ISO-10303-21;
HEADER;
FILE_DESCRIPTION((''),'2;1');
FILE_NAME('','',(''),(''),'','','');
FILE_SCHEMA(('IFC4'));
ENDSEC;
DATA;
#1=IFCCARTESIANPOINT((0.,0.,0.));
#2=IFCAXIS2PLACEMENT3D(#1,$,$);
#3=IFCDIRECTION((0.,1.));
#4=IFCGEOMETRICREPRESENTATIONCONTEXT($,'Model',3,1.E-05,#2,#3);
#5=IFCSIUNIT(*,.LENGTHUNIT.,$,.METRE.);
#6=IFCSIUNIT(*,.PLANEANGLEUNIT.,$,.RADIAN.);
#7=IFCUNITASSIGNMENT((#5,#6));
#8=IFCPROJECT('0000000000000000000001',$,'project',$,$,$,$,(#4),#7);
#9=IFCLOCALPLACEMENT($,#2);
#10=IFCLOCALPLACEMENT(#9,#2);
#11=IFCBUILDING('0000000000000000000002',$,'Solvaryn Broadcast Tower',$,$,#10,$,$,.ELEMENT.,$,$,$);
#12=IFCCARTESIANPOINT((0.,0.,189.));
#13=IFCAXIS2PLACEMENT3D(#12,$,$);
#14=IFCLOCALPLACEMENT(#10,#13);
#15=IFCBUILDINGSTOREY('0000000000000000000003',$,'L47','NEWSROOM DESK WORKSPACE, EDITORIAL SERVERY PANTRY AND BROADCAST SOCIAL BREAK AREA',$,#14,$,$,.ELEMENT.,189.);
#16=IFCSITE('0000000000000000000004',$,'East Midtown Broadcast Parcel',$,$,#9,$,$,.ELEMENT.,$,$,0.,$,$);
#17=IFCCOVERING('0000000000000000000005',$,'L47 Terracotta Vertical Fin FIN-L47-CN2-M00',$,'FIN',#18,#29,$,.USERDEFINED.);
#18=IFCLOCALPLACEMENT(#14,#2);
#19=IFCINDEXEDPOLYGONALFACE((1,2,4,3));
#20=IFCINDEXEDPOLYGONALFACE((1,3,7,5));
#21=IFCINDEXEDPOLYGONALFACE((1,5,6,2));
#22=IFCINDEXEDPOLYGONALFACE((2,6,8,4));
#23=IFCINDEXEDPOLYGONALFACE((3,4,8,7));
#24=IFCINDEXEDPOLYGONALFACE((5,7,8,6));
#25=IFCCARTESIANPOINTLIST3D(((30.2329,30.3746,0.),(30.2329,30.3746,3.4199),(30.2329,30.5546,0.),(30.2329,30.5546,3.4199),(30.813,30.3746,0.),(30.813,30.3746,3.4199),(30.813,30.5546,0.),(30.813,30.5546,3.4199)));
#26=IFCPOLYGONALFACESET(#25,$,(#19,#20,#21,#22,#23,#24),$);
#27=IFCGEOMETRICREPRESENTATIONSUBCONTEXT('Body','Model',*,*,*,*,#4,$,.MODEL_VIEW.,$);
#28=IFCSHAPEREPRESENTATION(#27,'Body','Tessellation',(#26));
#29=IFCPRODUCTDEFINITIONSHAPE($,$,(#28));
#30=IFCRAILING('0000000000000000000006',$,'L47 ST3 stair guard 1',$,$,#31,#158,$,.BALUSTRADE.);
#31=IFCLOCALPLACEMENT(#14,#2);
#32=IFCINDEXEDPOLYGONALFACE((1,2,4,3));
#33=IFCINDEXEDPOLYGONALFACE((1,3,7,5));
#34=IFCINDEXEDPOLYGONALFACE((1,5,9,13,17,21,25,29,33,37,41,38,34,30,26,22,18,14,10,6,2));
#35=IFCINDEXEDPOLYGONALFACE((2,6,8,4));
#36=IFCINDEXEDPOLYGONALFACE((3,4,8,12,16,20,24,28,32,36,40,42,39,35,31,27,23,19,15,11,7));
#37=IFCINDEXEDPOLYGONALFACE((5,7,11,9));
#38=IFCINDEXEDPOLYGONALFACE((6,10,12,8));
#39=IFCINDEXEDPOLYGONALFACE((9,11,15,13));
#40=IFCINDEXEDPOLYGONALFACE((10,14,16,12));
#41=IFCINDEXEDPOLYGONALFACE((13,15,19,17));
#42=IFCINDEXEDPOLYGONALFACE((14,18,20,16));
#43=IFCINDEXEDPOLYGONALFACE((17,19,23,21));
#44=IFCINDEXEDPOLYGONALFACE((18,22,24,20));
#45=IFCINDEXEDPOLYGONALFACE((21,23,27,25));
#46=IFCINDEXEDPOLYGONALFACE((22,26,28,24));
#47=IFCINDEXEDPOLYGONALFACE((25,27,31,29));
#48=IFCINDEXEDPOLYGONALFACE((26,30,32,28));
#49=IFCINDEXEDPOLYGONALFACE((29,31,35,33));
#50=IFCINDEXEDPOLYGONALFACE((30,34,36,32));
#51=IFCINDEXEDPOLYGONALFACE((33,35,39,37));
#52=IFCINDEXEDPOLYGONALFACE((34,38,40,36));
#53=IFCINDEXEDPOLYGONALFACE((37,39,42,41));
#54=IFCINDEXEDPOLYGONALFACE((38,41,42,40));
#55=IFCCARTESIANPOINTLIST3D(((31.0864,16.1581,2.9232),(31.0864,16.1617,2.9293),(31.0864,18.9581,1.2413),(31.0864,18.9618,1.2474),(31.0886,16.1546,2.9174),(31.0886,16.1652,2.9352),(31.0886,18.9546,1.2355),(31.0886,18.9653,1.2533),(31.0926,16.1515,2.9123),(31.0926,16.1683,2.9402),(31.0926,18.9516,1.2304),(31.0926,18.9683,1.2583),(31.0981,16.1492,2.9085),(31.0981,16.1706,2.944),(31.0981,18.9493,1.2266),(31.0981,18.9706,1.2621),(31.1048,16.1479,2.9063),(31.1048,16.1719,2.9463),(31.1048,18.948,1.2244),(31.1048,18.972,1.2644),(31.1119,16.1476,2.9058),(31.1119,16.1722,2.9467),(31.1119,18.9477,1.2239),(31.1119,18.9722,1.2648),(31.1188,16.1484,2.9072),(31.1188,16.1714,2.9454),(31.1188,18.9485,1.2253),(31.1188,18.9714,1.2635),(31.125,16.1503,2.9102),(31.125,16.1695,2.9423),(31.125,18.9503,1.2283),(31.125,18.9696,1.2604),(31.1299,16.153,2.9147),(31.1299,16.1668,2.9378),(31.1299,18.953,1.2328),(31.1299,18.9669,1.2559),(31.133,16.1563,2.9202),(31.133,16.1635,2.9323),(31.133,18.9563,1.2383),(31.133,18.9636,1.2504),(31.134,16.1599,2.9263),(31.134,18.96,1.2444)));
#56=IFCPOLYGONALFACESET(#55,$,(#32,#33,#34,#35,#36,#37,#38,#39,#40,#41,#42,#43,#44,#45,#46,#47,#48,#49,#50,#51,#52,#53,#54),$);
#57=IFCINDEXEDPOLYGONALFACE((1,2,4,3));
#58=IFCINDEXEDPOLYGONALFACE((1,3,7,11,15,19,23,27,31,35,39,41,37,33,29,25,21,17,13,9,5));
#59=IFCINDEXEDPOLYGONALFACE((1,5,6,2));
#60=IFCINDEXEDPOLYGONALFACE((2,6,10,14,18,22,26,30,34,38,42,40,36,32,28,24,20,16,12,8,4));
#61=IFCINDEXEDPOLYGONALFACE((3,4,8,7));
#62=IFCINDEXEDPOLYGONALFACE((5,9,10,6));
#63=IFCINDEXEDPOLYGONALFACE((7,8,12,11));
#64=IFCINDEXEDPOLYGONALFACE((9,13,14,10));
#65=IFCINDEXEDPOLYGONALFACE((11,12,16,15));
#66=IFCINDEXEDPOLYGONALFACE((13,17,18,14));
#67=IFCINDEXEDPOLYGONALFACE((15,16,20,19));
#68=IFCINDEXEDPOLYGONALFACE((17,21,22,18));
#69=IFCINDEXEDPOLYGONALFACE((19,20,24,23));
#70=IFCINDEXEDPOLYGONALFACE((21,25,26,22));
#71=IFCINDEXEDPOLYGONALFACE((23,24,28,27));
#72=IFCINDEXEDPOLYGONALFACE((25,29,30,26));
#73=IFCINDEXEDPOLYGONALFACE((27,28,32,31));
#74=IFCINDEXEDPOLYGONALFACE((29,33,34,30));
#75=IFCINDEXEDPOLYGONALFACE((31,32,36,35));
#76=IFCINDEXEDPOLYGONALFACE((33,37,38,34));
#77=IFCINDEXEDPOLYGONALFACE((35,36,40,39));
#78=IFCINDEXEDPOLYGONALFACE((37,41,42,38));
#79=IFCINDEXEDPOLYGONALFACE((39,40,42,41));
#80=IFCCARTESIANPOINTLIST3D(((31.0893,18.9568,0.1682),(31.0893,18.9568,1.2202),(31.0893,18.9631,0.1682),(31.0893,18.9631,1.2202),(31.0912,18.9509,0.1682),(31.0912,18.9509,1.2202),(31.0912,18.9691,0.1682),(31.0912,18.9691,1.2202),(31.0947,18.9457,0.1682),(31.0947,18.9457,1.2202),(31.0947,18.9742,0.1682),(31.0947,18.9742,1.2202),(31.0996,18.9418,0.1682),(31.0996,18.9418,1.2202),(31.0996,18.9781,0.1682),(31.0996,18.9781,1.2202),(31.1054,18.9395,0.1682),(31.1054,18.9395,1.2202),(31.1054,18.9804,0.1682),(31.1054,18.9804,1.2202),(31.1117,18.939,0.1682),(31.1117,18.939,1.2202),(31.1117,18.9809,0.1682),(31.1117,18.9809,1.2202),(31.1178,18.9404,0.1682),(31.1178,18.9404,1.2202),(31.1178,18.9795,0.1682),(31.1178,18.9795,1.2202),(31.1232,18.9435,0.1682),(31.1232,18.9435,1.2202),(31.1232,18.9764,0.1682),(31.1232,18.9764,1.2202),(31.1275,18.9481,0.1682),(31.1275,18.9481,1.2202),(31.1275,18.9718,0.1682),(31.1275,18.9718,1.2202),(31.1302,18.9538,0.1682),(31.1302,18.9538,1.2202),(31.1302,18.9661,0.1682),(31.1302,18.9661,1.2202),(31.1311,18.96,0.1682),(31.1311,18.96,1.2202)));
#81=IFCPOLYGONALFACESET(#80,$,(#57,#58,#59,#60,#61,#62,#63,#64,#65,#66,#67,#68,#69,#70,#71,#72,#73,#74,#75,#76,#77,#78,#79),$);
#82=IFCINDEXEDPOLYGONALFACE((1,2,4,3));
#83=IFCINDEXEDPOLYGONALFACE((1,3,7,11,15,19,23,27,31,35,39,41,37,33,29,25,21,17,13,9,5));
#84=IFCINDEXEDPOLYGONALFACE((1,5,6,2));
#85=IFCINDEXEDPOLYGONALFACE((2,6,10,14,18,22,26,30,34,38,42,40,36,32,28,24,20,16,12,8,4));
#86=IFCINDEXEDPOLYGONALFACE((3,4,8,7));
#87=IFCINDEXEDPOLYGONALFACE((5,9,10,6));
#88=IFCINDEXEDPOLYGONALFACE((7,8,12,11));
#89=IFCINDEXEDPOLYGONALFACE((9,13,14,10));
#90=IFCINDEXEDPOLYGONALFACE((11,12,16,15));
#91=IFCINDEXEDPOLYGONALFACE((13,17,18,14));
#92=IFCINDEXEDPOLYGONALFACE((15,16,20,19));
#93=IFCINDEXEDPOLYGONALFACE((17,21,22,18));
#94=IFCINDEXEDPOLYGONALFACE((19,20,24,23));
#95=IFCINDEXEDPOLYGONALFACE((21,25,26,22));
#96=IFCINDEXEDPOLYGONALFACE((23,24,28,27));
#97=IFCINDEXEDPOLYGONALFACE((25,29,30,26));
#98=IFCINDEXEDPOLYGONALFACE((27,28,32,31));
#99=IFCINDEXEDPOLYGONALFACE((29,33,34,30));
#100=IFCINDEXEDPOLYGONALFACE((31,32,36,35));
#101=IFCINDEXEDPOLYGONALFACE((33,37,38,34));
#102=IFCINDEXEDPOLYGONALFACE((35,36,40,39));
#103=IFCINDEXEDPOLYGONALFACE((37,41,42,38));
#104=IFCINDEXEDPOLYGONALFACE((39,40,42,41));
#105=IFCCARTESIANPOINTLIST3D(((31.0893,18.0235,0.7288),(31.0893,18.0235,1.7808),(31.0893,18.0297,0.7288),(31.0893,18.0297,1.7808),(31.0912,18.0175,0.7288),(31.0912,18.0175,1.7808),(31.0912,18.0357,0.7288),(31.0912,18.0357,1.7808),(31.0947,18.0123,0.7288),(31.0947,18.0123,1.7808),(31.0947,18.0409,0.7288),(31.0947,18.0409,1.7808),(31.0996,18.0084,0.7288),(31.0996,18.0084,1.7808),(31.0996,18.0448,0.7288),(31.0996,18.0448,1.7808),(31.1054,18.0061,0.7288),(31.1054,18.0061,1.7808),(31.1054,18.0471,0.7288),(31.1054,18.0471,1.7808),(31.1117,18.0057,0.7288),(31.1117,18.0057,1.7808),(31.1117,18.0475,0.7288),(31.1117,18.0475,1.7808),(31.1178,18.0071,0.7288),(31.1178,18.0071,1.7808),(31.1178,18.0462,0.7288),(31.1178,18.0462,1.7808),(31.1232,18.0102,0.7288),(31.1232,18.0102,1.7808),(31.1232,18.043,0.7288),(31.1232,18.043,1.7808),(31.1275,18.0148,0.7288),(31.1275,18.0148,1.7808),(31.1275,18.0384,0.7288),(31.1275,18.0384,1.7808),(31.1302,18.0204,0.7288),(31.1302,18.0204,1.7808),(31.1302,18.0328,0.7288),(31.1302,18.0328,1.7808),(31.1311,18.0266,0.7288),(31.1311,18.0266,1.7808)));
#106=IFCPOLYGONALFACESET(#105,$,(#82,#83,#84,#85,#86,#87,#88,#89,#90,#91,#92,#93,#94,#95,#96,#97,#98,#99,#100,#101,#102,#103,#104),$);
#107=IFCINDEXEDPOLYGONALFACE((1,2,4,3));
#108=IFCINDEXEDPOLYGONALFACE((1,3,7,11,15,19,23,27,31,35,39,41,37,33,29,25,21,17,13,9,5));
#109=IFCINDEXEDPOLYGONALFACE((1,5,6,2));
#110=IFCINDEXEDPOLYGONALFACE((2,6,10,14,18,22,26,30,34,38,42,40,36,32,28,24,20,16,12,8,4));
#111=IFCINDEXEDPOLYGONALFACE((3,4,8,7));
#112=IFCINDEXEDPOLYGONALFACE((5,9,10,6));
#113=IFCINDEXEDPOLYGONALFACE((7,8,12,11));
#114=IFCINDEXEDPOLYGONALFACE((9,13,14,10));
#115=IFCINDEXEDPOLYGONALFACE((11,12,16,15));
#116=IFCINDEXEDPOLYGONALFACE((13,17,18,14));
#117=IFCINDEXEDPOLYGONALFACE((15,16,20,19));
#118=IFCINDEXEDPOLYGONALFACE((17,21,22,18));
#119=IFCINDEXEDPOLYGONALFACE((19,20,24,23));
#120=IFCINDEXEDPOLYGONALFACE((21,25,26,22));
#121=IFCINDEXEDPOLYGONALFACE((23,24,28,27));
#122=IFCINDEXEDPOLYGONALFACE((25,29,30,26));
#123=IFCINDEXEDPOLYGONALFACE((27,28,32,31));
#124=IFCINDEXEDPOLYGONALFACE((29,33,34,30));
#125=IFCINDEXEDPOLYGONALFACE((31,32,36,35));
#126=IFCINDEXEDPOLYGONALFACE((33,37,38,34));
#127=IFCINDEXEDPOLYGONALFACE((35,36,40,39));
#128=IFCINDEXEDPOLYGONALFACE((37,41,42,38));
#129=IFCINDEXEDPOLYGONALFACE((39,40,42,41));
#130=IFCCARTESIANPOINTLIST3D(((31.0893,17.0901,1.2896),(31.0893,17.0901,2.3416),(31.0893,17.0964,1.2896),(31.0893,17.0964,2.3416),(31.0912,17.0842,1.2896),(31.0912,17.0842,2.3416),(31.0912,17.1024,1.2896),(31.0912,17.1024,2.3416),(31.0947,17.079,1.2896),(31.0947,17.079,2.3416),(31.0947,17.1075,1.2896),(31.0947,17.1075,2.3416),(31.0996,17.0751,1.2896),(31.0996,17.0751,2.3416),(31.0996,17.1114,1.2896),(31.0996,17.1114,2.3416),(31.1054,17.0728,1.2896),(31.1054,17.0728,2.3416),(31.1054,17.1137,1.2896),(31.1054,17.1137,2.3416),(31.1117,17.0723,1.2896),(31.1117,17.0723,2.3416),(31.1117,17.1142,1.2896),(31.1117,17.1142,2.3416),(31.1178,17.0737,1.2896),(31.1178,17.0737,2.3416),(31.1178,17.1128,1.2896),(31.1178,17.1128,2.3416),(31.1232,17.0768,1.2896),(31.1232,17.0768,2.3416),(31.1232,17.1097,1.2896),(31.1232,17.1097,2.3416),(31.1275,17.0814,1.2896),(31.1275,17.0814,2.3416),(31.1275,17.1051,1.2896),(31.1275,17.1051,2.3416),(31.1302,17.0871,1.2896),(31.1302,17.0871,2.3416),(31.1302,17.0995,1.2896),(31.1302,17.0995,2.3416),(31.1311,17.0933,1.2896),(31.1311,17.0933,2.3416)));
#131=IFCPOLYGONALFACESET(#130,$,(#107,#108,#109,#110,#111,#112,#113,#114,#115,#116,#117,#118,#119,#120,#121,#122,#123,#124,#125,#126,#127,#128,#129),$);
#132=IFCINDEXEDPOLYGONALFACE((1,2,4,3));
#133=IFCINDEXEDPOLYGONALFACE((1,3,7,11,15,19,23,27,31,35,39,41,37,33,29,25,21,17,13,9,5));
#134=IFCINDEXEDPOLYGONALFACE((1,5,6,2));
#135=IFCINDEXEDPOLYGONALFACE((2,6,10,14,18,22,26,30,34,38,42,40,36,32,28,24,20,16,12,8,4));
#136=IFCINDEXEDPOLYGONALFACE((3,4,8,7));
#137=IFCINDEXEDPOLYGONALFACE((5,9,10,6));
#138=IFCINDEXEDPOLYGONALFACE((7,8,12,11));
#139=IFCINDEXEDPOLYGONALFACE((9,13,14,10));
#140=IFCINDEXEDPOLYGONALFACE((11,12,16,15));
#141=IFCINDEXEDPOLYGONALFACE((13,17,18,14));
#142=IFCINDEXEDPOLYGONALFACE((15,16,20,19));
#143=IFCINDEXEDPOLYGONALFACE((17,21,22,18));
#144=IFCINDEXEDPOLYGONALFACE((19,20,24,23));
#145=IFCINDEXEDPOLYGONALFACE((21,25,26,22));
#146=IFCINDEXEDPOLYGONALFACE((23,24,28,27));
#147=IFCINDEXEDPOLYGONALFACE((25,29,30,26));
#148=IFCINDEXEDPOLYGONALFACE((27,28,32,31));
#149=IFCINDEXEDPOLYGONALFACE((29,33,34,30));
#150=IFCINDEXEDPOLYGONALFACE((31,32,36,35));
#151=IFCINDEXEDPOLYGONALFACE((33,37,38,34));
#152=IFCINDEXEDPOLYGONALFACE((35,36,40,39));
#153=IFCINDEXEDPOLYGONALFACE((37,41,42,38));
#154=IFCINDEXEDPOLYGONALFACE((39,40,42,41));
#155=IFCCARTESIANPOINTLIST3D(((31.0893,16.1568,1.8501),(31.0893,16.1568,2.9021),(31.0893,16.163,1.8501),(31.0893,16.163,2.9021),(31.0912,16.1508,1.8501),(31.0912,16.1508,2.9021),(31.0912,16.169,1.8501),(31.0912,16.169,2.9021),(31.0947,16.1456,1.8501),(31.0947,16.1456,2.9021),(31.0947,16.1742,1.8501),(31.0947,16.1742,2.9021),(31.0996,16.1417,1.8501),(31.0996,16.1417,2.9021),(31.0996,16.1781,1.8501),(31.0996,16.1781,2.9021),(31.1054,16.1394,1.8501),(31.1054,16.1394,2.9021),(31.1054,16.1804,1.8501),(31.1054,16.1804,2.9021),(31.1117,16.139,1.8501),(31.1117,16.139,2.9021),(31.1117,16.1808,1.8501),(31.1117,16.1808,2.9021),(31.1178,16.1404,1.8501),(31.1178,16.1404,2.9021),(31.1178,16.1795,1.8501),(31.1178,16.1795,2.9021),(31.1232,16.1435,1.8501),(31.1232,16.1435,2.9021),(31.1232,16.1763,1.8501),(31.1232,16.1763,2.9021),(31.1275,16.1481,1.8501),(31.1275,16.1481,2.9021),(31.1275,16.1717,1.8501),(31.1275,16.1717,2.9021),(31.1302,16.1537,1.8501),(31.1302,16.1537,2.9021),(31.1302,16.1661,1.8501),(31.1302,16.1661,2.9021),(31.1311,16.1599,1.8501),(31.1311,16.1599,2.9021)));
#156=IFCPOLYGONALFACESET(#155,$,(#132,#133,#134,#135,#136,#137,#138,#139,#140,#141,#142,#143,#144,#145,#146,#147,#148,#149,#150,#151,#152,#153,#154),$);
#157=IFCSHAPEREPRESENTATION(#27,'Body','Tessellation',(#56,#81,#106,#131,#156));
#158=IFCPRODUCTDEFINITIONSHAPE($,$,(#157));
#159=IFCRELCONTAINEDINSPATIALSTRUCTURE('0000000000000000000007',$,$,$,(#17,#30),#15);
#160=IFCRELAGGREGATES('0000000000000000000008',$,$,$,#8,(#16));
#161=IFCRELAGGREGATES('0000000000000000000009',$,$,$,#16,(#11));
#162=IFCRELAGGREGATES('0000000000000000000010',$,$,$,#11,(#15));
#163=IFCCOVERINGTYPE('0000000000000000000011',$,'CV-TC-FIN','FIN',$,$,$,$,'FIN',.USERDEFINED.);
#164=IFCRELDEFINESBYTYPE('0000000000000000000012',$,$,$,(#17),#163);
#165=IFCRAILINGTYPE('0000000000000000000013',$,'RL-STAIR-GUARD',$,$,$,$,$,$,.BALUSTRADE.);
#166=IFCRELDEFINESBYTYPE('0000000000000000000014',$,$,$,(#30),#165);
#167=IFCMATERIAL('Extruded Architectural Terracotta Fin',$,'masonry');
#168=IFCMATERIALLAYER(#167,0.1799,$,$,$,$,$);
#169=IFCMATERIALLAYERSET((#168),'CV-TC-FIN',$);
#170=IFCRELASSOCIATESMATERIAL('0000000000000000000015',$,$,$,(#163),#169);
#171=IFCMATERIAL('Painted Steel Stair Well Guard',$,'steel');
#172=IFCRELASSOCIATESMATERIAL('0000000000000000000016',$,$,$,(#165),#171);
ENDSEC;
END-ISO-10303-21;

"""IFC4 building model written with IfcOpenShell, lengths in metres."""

from ifc_helpers import new_model, si_unit, direction, frame, origin, origin_2d, place, context, subcontext, project, spatial, rectangle, circle, extrude, material, layer, layer_set, type_object, element, save


model = new_model("IFC4")

# Units and contexts
model_context = context("Model", 3, precision=1e-05, world=origin(), true_north=direction((0.0, 1.0)))
body_context = subcontext(model_context, "Body", "Model", "MODEL_VIEW")
ifc_project = project(units=[si_unit("LENGTHUNIT", "METRE"), si_unit("PLANEANGLEUNIT", "RADIAN")], contexts=[model_context])

# Site, building, storey
site_placement = place(None, origin())
site = spatial("IfcSite", under=ifc_project, at=site_placement, Name="East Midtown Broadcast Parcel", CompositionType="ELEMENT", RefElevation=0.0)
building_placement = place(site_placement, origin())
building = spatial("IfcBuilding", under=site, at=building_placement, Name="Solvaryn Broadcast Tower", CompositionType="ELEMENT")
storey_placement = place(building_placement, frame((0.0, 0.0, 189.0)))
storey = spatial("IfcBuildingStorey", under=building, at=storey_placement, Name="L47", Description="NEWSROOM DESK WORKSPACE, EDITORIAL SERVERY PANTRY AND BROADCAST SOCIAL BREAK AREA", CompositionType="ELEMENT", Elevation=189.0)

# Covering
ifc_material_1 = material(Name="Extruded Architectural Terracotta Fin", Category="masonry")
ifc_layer_1 = layer(ifc_material_1, 0.1799)
ifc_layer_set_1 = layer_set([ifc_layer_1], Name="CV-TC-FIN")
covering_type_1 = type_object("IfcCoveringType", Name="CV-TC-FIN", Description="FIN", ElementType="FIN", PredefinedType="USERDEFINED", material=ifc_layer_set_1)
covering_1_placement = place(storey_placement, frame((30.5229, 30.4646, 0.0), z_axis=(0.0, 0.0, 1.0), x_axis=(1.0, 0.0, 0.0)))
element("IfcCovering", 1, at=covering_1_placement, inside=storey, type_object=covering_type_1, Name="L47 Terracotta Vertical Fin FIN-L47-CN2-M00", ObjectType="FIN", PredefinedType="USERDEFINED", context=body_context, shape_type="SweptSolid", body=[
    extrude(rectangle(XDim=0.5801, YDim=0.1799, at=origin_2d()), origin(), (0.0, 0.0, 1.0), 3.4199),
])

# Railing
ifc_material_2 = material(Name="Painted Steel Stair Well Guard", Category="steel")
railing_type = type_object("IfcRailingType", Name="RL-STAIR-GUARD", PredefinedType="BALUSTRADE", material=ifc_material_2)
railing_1_placement = place(storey_placement, frame((31.1101, 18.96, 0.1682)))
element("IfcRailing", 2, at=railing_1_placement, inside=storey, type_object=railing_type, Name="L47 ST3 stair guard 1", PredefinedType="BALUSTRADE", context=body_context, shape_type="SweptSolid", body=[
    extrude(circle(Radius=0.0239, at=origin_2d()), frame((0.0, 0.0, 1.0762), z_axis=(0.0, -0.857242, 0.514913), x_axis=(1.0, 0.0, 0.0)), (0.0, 0.0, 1.0), 3.2664),
    extrude(circle(Radius=0.021, at=origin_2d()), origin(), (0.0, 0.0, 1.0), 1.052),
    extrude(circle(Radius=0.021, at=origin_2d()), frame((0.0, -0.9333, 0.5605)), (0.0, 0.0, 1.0), 1.052),
    extrude(circle(Radius=0.021, at=origin_2d()), frame((0.0, -1.8667, 1.1213)), (0.0, 0.0, 1.0), 1.052),
    extrude(circle(Radius=0.021, at=origin_2d()), frame((0.0, -2.8, 1.6819)), (0.0, 0.0, 1.0), 1.052),
])

save(model, "model.ifc")
